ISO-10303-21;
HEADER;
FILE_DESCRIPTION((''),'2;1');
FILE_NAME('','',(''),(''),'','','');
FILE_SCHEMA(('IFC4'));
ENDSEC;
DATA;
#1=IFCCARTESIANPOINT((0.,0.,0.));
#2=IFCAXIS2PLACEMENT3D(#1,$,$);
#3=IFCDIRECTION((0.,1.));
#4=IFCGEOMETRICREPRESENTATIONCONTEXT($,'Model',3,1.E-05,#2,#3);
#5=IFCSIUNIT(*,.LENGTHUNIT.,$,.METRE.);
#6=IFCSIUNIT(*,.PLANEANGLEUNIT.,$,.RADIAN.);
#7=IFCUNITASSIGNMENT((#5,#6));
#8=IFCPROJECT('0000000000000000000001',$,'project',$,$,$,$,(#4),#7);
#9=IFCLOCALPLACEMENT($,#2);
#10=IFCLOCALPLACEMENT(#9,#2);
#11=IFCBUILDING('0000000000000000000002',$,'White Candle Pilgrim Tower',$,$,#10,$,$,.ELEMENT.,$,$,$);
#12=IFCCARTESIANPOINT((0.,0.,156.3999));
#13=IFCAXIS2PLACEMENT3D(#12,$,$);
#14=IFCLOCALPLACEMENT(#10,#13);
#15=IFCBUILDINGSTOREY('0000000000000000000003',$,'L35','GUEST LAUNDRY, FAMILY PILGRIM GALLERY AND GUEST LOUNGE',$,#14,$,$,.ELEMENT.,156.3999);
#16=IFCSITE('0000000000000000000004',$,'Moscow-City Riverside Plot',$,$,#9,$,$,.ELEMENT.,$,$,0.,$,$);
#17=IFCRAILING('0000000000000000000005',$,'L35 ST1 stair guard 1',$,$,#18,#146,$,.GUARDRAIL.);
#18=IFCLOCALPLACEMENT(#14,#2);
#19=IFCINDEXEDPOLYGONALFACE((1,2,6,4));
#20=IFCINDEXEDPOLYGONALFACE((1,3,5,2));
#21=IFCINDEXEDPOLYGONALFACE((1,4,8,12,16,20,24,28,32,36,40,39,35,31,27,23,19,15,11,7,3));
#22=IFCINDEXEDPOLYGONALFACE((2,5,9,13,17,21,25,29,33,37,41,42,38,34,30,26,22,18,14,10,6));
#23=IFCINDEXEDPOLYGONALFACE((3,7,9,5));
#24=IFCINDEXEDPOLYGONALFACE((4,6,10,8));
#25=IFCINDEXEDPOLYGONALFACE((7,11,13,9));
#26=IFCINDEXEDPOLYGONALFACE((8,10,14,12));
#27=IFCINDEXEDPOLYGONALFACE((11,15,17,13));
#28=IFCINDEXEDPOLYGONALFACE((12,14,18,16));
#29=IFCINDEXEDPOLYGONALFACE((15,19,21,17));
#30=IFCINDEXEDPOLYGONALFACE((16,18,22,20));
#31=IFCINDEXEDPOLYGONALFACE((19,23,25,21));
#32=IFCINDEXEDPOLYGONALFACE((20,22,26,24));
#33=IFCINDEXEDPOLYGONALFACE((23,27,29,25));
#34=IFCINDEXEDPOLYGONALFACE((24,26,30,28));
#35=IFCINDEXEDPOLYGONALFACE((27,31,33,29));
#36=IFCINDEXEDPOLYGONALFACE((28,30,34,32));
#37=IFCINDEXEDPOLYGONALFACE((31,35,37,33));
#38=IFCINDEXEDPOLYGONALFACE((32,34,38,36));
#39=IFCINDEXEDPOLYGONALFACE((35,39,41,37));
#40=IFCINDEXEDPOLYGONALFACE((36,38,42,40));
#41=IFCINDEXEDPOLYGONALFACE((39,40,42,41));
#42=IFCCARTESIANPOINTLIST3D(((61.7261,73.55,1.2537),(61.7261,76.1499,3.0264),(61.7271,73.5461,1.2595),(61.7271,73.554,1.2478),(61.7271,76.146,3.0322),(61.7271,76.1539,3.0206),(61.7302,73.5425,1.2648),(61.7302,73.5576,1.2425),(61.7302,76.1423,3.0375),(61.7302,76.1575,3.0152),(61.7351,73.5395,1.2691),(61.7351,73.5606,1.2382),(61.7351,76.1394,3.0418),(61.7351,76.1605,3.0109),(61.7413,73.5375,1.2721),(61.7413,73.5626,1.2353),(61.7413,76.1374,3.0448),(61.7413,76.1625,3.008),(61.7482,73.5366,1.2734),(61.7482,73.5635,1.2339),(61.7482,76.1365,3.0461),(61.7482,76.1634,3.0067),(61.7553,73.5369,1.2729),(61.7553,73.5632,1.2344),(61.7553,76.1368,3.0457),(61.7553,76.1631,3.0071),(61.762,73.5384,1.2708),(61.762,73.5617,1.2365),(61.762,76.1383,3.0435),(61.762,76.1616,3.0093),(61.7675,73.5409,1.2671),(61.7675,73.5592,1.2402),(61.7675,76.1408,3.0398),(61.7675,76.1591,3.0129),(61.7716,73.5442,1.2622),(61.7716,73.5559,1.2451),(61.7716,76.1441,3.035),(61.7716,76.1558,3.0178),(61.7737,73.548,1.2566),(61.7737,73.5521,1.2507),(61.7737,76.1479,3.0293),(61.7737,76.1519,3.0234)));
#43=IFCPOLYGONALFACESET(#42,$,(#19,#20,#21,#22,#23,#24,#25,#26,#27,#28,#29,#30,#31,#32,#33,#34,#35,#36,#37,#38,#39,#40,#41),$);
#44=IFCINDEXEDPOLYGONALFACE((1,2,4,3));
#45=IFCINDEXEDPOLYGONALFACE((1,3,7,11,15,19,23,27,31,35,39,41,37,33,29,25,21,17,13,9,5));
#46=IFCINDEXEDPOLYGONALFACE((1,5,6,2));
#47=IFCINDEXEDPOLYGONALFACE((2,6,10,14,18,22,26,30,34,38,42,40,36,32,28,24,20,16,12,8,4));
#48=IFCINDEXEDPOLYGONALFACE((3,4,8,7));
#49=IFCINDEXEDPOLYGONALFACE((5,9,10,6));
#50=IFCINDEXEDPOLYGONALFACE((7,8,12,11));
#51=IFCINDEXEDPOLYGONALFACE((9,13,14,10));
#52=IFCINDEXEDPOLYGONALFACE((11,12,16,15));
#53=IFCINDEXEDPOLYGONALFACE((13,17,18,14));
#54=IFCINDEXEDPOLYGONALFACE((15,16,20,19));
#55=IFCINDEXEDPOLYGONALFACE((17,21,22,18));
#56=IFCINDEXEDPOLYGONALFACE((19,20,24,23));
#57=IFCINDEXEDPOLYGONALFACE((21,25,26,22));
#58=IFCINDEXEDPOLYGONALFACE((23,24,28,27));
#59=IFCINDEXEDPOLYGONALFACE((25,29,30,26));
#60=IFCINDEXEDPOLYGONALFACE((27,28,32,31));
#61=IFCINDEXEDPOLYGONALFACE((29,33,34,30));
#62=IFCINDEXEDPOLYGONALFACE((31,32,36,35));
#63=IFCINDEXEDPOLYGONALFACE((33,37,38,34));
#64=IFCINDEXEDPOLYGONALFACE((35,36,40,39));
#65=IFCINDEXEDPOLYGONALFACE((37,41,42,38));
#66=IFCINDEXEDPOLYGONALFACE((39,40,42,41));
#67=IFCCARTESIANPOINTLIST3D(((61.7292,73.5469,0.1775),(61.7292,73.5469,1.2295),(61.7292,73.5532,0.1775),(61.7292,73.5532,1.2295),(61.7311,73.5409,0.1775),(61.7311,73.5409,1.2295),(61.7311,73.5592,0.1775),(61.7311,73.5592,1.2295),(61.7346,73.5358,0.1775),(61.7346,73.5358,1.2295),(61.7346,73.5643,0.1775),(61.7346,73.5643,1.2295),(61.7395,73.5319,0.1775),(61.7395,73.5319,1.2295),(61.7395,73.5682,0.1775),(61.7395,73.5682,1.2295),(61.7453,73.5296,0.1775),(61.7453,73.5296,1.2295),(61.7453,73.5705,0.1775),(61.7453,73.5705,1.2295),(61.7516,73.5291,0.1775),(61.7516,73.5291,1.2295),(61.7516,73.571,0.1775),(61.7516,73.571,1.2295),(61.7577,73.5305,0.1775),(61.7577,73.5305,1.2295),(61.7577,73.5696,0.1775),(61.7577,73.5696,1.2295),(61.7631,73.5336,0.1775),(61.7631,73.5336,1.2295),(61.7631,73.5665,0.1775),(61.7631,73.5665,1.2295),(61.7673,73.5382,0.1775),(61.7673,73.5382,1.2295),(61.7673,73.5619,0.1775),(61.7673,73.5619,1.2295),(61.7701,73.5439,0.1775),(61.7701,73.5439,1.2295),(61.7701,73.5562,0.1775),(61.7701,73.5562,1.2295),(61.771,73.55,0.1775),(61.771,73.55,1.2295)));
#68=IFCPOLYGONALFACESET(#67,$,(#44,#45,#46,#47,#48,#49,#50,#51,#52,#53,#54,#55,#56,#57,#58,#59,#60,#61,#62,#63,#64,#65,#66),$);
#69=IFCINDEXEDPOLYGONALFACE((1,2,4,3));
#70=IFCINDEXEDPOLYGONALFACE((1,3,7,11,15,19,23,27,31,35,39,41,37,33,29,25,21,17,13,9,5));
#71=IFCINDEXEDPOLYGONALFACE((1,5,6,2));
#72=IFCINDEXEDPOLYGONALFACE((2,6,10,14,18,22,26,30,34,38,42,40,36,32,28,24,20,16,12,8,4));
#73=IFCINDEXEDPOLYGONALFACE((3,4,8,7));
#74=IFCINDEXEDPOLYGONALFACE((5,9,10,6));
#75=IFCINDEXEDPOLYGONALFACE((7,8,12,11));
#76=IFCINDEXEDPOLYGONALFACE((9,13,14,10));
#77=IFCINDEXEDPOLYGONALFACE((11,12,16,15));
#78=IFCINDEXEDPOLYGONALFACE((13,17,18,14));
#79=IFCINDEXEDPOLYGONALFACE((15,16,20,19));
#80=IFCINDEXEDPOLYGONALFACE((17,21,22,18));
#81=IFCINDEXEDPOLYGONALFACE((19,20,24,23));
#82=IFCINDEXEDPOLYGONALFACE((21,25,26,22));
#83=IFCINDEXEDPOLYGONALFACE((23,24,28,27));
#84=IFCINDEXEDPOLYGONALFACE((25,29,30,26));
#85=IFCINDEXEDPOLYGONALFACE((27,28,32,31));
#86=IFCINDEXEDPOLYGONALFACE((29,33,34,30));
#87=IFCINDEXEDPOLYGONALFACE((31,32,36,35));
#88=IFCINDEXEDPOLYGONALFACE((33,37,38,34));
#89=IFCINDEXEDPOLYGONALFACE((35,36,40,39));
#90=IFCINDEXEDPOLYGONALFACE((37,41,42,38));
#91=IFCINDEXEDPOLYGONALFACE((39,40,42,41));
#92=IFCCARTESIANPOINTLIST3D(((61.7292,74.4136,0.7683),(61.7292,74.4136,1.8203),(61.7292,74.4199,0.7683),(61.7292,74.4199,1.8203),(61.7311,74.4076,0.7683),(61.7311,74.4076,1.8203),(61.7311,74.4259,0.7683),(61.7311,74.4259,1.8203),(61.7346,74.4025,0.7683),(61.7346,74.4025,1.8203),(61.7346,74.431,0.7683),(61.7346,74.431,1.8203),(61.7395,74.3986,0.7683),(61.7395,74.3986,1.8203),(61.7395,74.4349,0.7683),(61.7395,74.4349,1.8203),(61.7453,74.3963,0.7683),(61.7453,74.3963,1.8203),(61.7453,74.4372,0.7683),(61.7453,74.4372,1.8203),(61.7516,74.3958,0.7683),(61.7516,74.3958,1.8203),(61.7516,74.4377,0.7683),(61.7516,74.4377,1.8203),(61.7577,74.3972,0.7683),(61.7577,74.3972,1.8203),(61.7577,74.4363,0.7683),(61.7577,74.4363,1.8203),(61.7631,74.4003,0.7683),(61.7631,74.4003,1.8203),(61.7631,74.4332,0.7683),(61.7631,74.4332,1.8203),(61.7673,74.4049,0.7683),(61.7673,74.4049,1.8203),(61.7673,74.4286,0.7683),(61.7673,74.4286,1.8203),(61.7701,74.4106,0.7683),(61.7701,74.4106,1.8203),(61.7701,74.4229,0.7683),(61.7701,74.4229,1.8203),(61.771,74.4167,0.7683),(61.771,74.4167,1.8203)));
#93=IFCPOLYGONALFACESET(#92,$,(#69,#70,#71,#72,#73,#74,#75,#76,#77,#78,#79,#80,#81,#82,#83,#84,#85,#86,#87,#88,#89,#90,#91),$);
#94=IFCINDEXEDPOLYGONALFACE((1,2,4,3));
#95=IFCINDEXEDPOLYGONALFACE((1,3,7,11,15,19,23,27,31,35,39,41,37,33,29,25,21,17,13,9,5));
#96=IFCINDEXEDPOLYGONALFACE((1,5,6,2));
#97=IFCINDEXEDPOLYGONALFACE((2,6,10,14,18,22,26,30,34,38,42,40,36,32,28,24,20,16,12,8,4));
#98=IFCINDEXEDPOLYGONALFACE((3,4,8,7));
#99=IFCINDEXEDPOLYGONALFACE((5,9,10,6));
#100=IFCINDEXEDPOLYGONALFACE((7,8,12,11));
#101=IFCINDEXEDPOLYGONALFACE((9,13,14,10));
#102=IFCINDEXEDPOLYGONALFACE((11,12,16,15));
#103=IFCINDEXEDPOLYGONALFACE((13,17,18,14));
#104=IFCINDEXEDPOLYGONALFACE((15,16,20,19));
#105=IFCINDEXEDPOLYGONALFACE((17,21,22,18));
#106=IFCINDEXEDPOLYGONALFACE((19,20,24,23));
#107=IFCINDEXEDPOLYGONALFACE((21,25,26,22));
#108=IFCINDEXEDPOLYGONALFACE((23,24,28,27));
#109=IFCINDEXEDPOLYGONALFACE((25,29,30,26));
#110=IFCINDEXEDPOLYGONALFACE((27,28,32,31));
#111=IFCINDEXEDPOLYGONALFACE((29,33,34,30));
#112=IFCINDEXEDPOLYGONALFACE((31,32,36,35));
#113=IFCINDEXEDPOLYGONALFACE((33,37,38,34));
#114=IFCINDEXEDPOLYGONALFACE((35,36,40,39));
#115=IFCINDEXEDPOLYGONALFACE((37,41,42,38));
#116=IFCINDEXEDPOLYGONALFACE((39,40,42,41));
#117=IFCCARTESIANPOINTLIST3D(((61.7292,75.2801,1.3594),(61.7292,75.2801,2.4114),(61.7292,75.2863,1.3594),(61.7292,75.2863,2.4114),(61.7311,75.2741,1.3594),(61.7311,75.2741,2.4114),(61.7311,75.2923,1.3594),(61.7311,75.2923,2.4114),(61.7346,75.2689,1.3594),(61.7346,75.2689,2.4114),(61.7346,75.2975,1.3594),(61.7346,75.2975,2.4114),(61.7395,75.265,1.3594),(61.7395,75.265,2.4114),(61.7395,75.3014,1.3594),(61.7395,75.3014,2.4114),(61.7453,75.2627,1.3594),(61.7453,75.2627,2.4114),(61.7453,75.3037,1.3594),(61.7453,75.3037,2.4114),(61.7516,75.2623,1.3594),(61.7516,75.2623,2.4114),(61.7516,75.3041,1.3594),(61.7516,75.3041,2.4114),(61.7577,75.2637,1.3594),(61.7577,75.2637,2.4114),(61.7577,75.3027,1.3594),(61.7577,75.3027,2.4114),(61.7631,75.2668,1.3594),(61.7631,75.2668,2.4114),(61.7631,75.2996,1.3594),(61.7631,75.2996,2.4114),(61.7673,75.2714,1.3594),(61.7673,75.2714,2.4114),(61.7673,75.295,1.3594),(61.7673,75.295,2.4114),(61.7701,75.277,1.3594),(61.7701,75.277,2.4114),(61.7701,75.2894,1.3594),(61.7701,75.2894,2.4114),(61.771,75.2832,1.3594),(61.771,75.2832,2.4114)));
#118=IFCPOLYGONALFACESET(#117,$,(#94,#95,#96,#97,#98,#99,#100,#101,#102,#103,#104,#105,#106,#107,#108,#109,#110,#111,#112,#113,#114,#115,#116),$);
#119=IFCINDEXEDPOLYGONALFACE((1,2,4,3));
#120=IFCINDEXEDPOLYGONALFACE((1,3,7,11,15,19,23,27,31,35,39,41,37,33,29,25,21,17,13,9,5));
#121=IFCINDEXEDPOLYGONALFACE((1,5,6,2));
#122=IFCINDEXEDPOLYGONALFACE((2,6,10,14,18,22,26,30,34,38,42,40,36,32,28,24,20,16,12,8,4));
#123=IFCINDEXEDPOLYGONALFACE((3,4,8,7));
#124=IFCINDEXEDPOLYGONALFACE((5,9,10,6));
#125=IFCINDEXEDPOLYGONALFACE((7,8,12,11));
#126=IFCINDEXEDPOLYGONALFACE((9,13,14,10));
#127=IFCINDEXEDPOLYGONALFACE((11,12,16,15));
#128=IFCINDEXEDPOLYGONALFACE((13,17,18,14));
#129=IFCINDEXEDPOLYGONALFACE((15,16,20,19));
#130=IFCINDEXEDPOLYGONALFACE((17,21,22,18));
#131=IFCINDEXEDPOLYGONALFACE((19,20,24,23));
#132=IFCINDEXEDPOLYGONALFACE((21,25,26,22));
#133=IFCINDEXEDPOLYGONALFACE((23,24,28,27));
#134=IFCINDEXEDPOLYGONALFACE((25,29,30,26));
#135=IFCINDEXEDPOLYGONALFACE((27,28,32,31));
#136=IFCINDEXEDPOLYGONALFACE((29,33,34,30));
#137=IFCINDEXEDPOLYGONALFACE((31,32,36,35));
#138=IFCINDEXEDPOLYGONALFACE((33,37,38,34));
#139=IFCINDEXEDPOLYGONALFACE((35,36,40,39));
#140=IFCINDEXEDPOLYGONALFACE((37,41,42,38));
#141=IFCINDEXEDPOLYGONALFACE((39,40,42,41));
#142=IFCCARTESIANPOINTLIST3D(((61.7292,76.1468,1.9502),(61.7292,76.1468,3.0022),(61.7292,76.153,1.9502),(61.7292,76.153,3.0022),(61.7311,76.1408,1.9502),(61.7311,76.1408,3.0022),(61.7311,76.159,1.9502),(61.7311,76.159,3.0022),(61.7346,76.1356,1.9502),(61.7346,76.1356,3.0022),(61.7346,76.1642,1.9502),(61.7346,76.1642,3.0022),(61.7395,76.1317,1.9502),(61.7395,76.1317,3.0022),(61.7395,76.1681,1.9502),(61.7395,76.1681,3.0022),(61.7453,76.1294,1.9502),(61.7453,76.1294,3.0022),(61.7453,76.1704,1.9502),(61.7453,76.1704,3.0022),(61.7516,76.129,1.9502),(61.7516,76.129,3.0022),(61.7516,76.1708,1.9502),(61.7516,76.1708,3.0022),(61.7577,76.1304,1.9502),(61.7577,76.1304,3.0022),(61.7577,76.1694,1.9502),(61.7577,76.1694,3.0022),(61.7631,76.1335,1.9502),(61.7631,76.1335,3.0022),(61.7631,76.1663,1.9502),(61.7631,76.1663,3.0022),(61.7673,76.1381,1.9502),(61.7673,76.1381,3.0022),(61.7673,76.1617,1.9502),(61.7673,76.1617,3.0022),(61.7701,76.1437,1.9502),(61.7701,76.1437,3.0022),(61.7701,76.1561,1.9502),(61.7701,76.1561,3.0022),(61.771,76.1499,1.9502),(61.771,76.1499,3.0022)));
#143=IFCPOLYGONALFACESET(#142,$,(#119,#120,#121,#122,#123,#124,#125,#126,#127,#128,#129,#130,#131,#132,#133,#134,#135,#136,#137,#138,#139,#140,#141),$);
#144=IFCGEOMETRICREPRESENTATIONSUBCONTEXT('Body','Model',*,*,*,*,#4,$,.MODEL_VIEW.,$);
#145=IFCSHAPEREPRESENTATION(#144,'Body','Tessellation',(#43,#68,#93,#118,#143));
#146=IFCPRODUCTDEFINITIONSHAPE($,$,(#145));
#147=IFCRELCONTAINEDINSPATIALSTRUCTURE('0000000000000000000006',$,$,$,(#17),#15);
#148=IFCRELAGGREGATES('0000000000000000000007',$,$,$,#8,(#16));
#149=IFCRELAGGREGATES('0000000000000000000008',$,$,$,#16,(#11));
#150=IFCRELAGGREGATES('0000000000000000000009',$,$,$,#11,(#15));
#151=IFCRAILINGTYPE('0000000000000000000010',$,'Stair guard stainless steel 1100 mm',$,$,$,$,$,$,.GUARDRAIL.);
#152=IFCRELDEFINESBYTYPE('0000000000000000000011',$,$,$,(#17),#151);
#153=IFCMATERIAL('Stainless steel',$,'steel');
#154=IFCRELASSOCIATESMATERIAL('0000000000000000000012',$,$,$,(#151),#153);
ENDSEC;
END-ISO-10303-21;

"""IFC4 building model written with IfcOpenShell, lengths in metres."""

from ifc_helpers import new_model, si_unit, direction, frame, origin, origin_2d, place, context, subcontext, project, spatial, circle, extrude, material, type_object, element, save


model = new_model("IFC4")

# Units and contexts
model_context = context("Model", 3, precision=1e-05, world=origin(), true_north=direction((0.0, 1.0)))
body_context = subcontext(model_context, "Body", "Model", "MODEL_VIEW")
ifc_project = project(units=[si_unit("LENGTHUNIT", "METRE"), si_unit("PLANEANGLEUNIT", "RADIAN")], contexts=[model_context])

# Site, building, storey
site_placement = place(None, origin())
site = spatial("IfcSite", under=ifc_project, at=site_placement, Name="Moscow-City Riverside Plot", CompositionType="ELEMENT", RefElevation=0.0)
building_placement = place(site_placement, origin())
building = spatial("IfcBuilding", under=site, at=building_placement, Name="White Candle Pilgrim Tower", CompositionType="ELEMENT")
storey_placement = place(building_placement, frame((0.0, 0.0, 156.3999)))
storey = spatial("IfcBuildingStorey", under=building, at=storey_placement, Name="L35", Description="GUEST LAUNDRY, FAMILY PILGRIM GALLERY AND GUEST LOUNGE", CompositionType="ELEMENT", Elevation=156.3999)

# Railing
ifc_material_1 = material(Name="Stainless steel", Category="steel")
railing_type_1 = type_object("IfcRailingType", Name="Stair guard stainless steel 1100 mm", PredefinedType="GUARDRAIL", material=ifc_material_1)
railing_1_placement = place(storey_placement, frame((61.75, 73.55, 0.1775)))
element("IfcRailing", 1, at=railing_1_placement, inside=storey, type_object=railing_type_1, Name="L35 ST1 stair guard 1", PredefinedType="GUARDRAIL", context=body_context, shape_type="SweptSolid", body=[
    extrude(circle(Radius=0.0239, at=origin_2d()), frame((0.0, 0.0, 1.0762), z_axis=(0.0, 0.826216, 0.563354), x_axis=(-1.0, 0.0, 0.0)), (0.0, 0.0, 1.0), 3.1467),
    extrude(circle(Radius=0.021, at=origin_2d()), origin(), (0.0, 0.0, 1.0), 1.052),
    extrude(circle(Radius=0.021, at=origin_2d()), frame((0.0, 0.8667, 0.5908)), (0.0, 0.0, 1.0), 1.052),
    extrude(circle(Radius=0.021, at=origin_2d()), frame((0.0, 1.7332, 1.1819)), (0.0, 0.0, 1.0), 1.052),
    extrude(circle(Radius=0.021, at=origin_2d()), frame((0.0, 2.5999, 1.7727)), (0.0, 0.0, 1.0), 1.052),
])

save(model, "model.ifc")
